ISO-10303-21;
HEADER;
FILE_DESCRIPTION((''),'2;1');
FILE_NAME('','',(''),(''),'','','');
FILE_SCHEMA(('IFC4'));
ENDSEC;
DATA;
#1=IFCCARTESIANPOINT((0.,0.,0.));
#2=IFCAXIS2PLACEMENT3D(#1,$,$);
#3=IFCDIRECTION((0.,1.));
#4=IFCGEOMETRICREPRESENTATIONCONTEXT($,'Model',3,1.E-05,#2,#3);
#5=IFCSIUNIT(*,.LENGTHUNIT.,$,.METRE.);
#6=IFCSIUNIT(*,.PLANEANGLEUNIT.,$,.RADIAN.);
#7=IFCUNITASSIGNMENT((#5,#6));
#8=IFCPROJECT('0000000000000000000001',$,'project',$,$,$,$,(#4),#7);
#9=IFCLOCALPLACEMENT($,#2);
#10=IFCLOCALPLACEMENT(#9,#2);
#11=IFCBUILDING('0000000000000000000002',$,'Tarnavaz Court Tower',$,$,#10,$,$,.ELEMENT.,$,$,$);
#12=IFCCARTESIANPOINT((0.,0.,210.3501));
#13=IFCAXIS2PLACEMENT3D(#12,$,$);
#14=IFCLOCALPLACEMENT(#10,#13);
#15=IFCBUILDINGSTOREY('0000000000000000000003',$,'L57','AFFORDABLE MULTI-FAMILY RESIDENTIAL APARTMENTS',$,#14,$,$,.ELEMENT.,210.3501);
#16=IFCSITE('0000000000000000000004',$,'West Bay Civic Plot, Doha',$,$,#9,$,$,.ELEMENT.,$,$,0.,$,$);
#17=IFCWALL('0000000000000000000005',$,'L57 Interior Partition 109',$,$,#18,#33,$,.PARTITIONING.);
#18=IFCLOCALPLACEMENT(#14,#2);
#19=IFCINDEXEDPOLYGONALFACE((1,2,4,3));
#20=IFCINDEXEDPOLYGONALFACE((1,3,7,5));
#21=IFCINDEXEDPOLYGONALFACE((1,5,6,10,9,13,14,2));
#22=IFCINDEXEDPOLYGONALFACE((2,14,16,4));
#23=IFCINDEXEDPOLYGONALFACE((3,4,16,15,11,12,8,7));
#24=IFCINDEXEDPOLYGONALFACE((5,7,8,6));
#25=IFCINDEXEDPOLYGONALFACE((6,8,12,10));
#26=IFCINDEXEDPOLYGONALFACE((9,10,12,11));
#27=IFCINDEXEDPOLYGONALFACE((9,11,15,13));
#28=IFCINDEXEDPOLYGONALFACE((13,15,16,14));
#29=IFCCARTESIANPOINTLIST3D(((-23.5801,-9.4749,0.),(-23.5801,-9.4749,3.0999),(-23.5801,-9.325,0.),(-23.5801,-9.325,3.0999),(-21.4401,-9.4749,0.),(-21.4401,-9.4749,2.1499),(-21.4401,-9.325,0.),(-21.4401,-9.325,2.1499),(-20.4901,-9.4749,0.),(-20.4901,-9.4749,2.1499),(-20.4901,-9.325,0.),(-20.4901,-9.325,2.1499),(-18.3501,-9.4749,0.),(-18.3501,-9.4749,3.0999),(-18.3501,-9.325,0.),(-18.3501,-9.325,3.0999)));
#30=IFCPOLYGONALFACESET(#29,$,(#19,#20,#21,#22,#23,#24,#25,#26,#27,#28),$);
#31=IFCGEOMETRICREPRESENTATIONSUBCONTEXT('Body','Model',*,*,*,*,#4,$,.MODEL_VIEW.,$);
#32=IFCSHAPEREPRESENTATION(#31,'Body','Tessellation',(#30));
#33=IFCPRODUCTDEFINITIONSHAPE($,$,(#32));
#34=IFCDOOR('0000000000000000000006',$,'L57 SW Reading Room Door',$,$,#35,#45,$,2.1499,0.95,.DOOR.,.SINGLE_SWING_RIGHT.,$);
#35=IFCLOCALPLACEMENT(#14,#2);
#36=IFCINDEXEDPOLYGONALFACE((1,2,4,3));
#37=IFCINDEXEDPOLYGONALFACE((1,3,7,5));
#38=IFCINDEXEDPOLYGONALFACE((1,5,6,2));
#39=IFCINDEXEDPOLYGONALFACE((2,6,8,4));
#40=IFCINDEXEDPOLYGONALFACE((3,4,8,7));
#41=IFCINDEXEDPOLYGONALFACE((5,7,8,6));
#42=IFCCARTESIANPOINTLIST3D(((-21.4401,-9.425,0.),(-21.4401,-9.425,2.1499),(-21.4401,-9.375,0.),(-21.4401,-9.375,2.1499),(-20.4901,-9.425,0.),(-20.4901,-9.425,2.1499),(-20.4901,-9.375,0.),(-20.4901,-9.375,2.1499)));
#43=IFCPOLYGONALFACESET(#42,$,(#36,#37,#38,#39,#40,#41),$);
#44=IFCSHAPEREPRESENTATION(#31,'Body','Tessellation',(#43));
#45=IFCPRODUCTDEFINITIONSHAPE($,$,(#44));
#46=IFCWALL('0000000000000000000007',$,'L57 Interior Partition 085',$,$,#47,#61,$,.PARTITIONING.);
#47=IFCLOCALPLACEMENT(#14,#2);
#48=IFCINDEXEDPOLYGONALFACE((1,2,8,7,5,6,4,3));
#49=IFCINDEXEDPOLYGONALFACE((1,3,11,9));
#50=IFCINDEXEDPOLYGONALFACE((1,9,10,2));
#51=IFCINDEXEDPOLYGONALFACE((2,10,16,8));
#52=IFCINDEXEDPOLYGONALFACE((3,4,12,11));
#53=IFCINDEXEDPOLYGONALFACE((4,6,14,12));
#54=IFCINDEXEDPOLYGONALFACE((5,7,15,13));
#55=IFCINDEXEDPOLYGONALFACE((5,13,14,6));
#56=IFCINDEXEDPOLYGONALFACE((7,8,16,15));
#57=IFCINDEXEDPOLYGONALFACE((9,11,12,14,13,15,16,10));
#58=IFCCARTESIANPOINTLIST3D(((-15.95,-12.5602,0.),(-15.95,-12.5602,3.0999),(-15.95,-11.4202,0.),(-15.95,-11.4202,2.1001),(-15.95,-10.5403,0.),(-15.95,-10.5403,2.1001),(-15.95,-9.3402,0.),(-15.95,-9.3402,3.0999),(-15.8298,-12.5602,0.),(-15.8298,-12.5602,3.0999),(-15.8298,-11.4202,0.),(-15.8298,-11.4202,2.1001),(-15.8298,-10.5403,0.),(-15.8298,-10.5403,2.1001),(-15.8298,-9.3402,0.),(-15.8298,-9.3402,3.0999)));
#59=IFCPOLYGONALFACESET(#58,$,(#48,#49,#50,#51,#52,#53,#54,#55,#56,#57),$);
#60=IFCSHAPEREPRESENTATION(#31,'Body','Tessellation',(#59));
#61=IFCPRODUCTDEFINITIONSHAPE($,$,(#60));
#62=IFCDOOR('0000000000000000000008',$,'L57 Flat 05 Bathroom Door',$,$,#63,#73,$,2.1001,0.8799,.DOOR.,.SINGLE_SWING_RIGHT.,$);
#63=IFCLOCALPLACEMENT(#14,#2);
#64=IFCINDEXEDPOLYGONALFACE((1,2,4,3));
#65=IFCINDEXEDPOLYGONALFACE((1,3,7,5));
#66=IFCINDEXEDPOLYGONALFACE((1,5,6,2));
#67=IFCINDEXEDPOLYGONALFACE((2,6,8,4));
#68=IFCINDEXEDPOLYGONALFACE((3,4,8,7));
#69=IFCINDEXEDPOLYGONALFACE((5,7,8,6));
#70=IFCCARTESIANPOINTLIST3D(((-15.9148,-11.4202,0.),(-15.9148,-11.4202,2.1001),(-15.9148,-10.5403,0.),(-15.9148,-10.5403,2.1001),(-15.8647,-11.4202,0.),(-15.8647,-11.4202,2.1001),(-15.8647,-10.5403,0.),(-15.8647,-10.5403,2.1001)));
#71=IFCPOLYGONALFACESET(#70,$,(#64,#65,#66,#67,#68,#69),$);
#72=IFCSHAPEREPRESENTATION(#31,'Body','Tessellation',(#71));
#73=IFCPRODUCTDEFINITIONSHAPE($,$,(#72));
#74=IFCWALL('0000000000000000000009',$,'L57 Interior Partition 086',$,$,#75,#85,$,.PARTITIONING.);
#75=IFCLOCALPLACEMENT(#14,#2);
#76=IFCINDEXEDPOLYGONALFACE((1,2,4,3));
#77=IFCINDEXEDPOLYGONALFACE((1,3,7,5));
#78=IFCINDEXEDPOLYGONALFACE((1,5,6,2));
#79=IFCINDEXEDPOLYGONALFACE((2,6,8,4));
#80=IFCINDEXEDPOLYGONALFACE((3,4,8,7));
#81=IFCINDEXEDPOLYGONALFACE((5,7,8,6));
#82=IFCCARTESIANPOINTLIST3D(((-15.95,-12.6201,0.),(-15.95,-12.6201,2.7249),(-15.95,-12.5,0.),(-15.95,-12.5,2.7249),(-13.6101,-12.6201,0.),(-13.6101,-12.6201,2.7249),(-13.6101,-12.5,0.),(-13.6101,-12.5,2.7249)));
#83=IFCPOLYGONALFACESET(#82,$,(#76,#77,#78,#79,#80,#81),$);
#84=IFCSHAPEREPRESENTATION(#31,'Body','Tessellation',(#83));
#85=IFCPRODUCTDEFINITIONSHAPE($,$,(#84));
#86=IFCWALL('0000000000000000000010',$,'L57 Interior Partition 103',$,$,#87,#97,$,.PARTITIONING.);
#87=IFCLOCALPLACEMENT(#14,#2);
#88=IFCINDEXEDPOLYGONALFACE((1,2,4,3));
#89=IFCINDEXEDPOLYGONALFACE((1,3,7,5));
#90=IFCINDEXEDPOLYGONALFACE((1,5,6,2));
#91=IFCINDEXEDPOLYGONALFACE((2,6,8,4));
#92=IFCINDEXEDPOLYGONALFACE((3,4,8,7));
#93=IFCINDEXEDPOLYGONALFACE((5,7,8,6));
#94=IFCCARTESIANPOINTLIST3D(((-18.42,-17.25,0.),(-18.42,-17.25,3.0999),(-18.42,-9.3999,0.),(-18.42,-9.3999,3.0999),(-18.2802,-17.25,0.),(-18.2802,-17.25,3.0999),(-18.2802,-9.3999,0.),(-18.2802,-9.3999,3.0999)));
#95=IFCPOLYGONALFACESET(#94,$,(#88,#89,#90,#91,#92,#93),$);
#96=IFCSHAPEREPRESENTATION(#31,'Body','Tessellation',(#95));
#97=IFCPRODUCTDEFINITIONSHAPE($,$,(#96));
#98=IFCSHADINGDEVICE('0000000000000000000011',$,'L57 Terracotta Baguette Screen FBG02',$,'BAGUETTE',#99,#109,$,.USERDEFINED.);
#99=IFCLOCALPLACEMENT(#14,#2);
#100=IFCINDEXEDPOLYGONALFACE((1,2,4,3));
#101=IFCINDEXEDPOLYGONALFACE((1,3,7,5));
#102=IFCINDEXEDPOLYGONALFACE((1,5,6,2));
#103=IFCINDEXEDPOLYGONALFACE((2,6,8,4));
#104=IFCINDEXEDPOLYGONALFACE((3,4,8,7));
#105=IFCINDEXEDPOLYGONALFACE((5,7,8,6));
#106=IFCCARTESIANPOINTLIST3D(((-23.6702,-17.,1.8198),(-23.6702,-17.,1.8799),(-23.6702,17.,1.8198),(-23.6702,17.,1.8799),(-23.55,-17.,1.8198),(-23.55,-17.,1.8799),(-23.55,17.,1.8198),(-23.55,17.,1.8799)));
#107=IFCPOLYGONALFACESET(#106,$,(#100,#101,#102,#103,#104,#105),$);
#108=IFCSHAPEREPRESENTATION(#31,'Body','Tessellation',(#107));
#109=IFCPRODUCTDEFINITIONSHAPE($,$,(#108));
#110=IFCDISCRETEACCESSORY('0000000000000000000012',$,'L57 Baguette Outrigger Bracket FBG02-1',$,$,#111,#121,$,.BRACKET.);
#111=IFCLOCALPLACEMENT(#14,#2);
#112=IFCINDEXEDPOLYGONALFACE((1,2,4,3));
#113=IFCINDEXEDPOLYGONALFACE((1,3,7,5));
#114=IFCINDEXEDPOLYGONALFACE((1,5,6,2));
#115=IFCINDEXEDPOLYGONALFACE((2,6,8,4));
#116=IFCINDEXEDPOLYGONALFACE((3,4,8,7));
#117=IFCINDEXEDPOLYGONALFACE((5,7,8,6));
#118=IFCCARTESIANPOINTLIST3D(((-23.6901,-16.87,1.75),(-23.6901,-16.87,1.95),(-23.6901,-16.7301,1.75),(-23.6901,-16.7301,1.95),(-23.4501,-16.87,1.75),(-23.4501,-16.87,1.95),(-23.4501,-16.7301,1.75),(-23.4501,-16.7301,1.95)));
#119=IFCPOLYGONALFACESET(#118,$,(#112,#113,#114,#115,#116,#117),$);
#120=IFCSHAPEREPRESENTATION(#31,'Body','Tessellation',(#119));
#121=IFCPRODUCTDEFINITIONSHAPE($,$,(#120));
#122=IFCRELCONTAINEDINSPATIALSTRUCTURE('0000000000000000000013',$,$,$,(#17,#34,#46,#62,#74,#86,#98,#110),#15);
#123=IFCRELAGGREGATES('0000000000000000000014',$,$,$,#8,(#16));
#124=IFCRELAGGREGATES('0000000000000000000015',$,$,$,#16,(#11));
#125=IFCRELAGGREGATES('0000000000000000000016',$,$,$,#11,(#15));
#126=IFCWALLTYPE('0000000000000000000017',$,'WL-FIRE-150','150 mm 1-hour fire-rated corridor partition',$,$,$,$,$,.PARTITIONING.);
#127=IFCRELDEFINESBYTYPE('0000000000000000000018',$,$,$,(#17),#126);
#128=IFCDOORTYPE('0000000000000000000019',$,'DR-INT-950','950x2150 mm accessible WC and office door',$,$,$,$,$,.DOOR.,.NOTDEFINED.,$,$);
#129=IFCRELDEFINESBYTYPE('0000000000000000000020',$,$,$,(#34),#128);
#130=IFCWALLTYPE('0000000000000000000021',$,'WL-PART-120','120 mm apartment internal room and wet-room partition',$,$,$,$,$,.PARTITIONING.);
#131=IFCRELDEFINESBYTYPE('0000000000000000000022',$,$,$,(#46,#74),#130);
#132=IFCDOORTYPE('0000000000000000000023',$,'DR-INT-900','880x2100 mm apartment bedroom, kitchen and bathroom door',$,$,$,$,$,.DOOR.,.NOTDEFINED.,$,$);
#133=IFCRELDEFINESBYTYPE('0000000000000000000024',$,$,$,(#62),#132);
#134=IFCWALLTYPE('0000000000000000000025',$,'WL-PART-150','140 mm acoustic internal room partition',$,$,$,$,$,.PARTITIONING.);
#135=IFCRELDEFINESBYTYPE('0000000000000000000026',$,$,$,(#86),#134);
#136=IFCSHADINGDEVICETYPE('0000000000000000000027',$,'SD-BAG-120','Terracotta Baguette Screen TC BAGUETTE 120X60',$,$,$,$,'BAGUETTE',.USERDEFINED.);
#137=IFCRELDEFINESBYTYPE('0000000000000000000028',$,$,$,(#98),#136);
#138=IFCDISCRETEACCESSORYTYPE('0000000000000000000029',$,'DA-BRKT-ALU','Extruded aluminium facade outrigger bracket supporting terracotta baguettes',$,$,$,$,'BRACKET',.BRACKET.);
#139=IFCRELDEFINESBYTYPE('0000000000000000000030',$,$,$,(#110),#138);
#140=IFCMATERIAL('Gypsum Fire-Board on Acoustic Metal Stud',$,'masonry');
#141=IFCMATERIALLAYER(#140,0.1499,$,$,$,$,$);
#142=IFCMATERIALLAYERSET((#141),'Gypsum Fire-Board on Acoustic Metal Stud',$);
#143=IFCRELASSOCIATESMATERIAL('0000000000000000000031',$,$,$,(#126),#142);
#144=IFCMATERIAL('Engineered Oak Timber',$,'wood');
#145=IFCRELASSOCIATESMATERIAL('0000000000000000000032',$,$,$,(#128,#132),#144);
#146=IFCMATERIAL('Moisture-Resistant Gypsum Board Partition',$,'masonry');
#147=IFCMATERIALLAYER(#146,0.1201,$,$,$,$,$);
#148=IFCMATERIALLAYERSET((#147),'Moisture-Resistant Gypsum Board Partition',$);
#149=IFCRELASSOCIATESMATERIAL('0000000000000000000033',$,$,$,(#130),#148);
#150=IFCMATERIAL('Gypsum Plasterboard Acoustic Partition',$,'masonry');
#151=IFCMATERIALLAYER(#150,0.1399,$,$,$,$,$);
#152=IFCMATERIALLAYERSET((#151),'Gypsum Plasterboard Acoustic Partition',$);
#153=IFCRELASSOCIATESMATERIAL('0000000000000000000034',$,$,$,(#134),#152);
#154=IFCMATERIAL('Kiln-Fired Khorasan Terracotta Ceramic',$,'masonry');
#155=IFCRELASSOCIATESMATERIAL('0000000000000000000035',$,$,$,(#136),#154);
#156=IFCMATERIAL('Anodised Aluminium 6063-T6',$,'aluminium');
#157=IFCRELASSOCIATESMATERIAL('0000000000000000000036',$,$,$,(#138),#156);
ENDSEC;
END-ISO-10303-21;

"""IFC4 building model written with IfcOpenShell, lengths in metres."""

from ifc_helpers import new_model, si_unit, direction, frame, frame_2d, origin, origin_2d, place, context, subcontext, project, spatial, rectangle, extrude, material, layer, layer_set, material_profile, profile_set, type_object, element, fill, save


model = new_model("IFC4")

# Units and contexts
model_context = context("Model", 3, precision=1e-05, world=origin(), true_north=direction((0.0, 1.0)))
body_context = subcontext(model_context, "Body", "Model", "MODEL_VIEW")
ifc_project = project(units=[si_unit("LENGTHUNIT", "METRE"), si_unit("PLANEANGLEUNIT", "RADIAN")], contexts=[model_context])

# Site, building, storey
site_placement = place(None, origin())
site = spatial("IfcSite", under=ifc_project, at=site_placement, Name="West Bay Civic Plot, Doha", CompositionType="ELEMENT", RefElevation=0.0)
building_placement = place(site_placement, origin())
building = spatial("IfcBuilding", under=site, at=building_placement, Name="Tarnavaz Court Tower", CompositionType="ELEMENT")
storey_placement = place(building_placement, frame((0.0, 0.0, 210.3501)))
storey = spatial("IfcBuildingStorey", under=building, at=storey_placement, Name="L57", Description="AFFORDABLE MULTI-FAMILY RESIDENTIAL APARTMENTS", CompositionType="ELEMENT", Elevation=210.3501)

# Shared definitions
ifc_material_1 = material(Name="Gypsum Fire-Board on Acoustic Metal Stud", Category="masonry")
ifc_layer_1 = layer(ifc_material_1, 0.1499)
ifc_layer_set_1 = layer_set([ifc_layer_1], Name="Gypsum Fire-Board on Acoustic Metal Stud")
wall_type_1 = type_object("IfcWallType", Name="WL-FIRE-150", Description="150 mm 1-hour fire-rated corridor partition", PredefinedType="PARTITIONING", material=ifc_layer_set_1)

# Walls, openings, doors
wall_1_placement = place(storey_placement, frame((-23.5801, -9.3999, 0.0), z_axis=(0.0, 0.0, 1.0), x_axis=(1.0, 0.0, 0.0)))
wall_1 = element("IfcWall", 1, at=wall_1_placement, inside=storey, type_object=wall_type_1, Name="L57 Interior Partition 109", PredefinedType="PARTITIONING", context=body_context, shape_type="SweptSolid", body=[
    extrude(rectangle(XDim=5.23, YDim=0.1499, at=frame_2d((2.615, 0.0))), origin(), (0.0, 0.0, 1.0), 3.0999),
])
opening_1_placement = place(wall_1_placement, frame((2.1399, 0.0, 0.0)))
opening_1 = element("IfcOpeningElement", 2, at=opening_1_placement, cuts=wall_1, PredefinedType="OPENING", context=body_context, shape_type="SweptSolid", body=[
    extrude(rectangle(XDim=0.95, YDim=2.1499, at=frame_2d((0.4751, 1.075))), frame((0.0, 0.085, 0.0), z_axis=(0.0, -1.0, 0.0), x_axis=(1.0, 0.0, 0.0)), (0.0, 0.0, 1.0), 0.1699),
])
ifc_material_2 = material(Name="Engineered Oak Timber", Category="wood")
door_type_1 = type_object("IfcDoorType", Name="DR-INT-950", Description="950x2150 mm accessible WC and office door", OperationType="NOTDEFINED", PredefinedType="DOOR", material=ifc_material_2)
door_1_placement = place(opening_1_placement, origin())
door_1 = element("IfcDoor", 3, at=door_1_placement, inside=storey, type_object=door_type_1, Name="L57 SW Reading Room Door", OperationType="SINGLE_SWING_RIGHT", OverallHeight=2.1499, OverallWidth=0.95, PredefinedType="DOOR", context=body_context, shape_type="SweptSolid", body=[
    extrude(rectangle(XDim=0.95, YDim=2.1499, at=frame_2d((0.4751, 1.075))), frame((0.0, 0.0249, 0.0), z_axis=(0.0, -1.0, 0.0), x_axis=(1.0, 0.0, 0.0)), (0.0, 0.0, 1.0), 0.05),
])
fill(opening_1, door_1)
ifc_material_3 = material(Name="Moisture-Resistant Gypsum Board Partition", Category="masonry")
ifc_layer_2 = layer(ifc_material_3, 0.1201)
ifc_layer_set_2 = layer_set([ifc_layer_2], Name="Moisture-Resistant Gypsum Board Partition")
wall_type_2 = type_object("IfcWallType", Name="WL-PART-120", Description="120 mm apartment internal room and wet-room partition", PredefinedType="PARTITIONING", material=ifc_layer_set_2)
wall_2_placement = place(storey_placement, frame((-15.8899, -12.5601, 0.0), z_axis=(0.0, 0.0, 1.0), x_axis=(0.0, 1.0, 0.0)))
wall_2 = element("IfcWall", 4, at=wall_2_placement, inside=storey, type_object=wall_type_2, Name="L57 Interior Partition 085", PredefinedType="PARTITIONING", context=body_context, shape_type="SweptSolid", body=[
    extrude(rectangle(XDim=3.22, YDim=0.1201, at=frame_2d((1.6099, 0.0))), origin(), (0.0, 0.0, 1.0), 3.0999),
])
opening_2_placement = place(wall_2_placement, frame((1.1399, 0.0, 0.0)))
opening_2 = element("IfcOpeningElement", 5, at=opening_2_placement, cuts=wall_2, PredefinedType="OPENING", context=body_context, shape_type="SweptSolid", body=[
    extrude(rectangle(XDim=0.8799, YDim=2.1001, at=frame_2d((0.4399, 1.05))), frame((0.0, 0.0701, 0.0), z_axis=(0.0, -1.0, 0.0), x_axis=(1.0, 0.0, 0.0)), (0.0, 0.0, 1.0), 0.1401),
])
door_type_2 = type_object("IfcDoorType", Name="DR-INT-900", Description="880x2100 mm apartment bedroom, kitchen and bathroom door", OperationType="NOTDEFINED", PredefinedType="DOOR", material=ifc_material_2)
door_2_placement = place(opening_2_placement, origin())
door_2 = element("IfcDoor", 6, at=door_2_placement, inside=storey, type_object=door_type_2, Name="L57 Flat 05 Bathroom Door", OperationType="SINGLE_SWING_RIGHT", OverallHeight=2.1001, OverallWidth=0.8799, PredefinedType="DOOR", context=body_context, shape_type="SweptSolid", body=[
    extrude(rectangle(XDim=0.8799, YDim=2.1001, at=frame_2d((0.4399, 1.05))), frame((0.0, 0.0249, 0.0), z_axis=(0.0, -1.0, 0.0), x_axis=(1.0, 0.0, 0.0)), (0.0, 0.0, 1.0), 0.05),
])
fill(opening_2, door_2)

# Walls
wall_3_placement = place(storey_placement, frame((-15.95, -12.5601, 0.0), z_axis=(0.0, 0.0, 1.0), x_axis=(1.0, 0.0, 0.0)))
element("IfcWall", 7, at=wall_3_placement, inside=storey, type_object=wall_type_2, Name="L57 Interior Partition 086", PredefinedType="PARTITIONING", context=body_context, shape_type="SweptSolid", body=[
    extrude(rectangle(XDim=2.3398, YDim=0.1201, at=frame_2d((1.1699, 0.0))), origin(), (0.0, 0.0, 1.0), 2.7249),
])
ifc_material_4 = material(Name="Gypsum Plasterboard Acoustic Partition", Category="masonry")
ifc_layer_3 = layer(ifc_material_4, 0.1399)
ifc_layer_set_3 = layer_set([ifc_layer_3], Name="Gypsum Plasterboard Acoustic Partition")
wall_type_3 = type_object("IfcWallType", Name="WL-PART-150", Description="140 mm acoustic internal room partition", PredefinedType="PARTITIONING", material=ifc_layer_set_3)
wall_4_placement = place(storey_placement, frame((-18.3501, -17.25, 0.0), z_axis=(0.0, 0.0, 1.0), x_axis=(0.0, 1.0, 0.0)))
element("IfcWall", 8, at=wall_4_placement, inside=storey, type_object=wall_type_3, Name="L57 Interior Partition 103", PredefinedType="PARTITIONING", context=body_context, shape_type="SweptSolid", body=[
    extrude(rectangle(XDim=7.8501, YDim=0.1399, at=frame_2d((3.925, 0.0))), origin(), (0.0, 0.0, 1.0), 3.0999),
])

# Shading device
ifc_material_5 = material(Name="Kiln-Fired Khorasan Terracotta Ceramic", Category="masonry")
ifc_material_profile_1 = material_profile(ifc_material_5, rectangle(XDim=0.1201, YDim=0.0601, at=origin_2d()), Name="TC BAGUETTE 120X60")
ifc_profile_set_1 = profile_set([ifc_material_profile_1], Name="Kiln-Fired Khorasan Terracotta Ceramic")
shading_device_type = type_object("IfcShadingDeviceType", Name="SD-BAG-120", Description="Terracotta Baguette Screen TC BAGUETTE 120X60", ElementType="BAGUETTE", PredefinedType="USERDEFINED", material=ifc_profile_set_1)
shading_device_placement = place(storey_placement, frame((-23.6101, -17.0, 1.8499), z_axis=(0.0, 1.0, 0.0), x_axis=(-1.0, 0.0, 0.0)))
element("IfcShadingDevice", 9, at=shading_device_placement, inside=storey, type_object=shading_device_type, Name="L57 Terracotta Baguette Screen FBG02", ObjectType="BAGUETTE", PredefinedType="USERDEFINED", context=body_context, shape_type="SweptSolid", body=[
    extrude(rectangle(XDim=0.1201, YDim=0.0601, at=origin_2d()), origin(), (0.0, 0.0, 1.0), 34.0),
])

# Discrete accessory
ifc_material_6 = material(Name="Anodised Aluminium 6063-T6", Category="aluminium")
discrete_accessory_type = type_object("IfcDiscreteAccessoryType", Name="DA-BRKT-ALU", Description="Extruded aluminium facade outrigger bracket supporting terracotta baguettes", ElementType="BRACKET", PredefinedType="BRACKET", material=ifc_material_6)
discrete_accessory_placement = place(storey_placement, frame((-23.5701, -16.8, 1.75), z_axis=(0.0, 0.0, 1.0), x_axis=(0.0, 1.0, 0.0)))
element("IfcDiscreteAccessory", 10, at=discrete_accessory_placement, inside=storey, type_object=discrete_accessory_type, Name="L57 Baguette Outrigger Bracket FBG02-1", PredefinedType="BRACKET", context=body_context, shape_type="SweptSolid", body=[
    extrude(rectangle(XDim=0.1399, YDim=0.24, at=origin_2d()), origin(), (0.0, 0.0, 1.0), 0.2),
])

save(model, "model.ifc")
